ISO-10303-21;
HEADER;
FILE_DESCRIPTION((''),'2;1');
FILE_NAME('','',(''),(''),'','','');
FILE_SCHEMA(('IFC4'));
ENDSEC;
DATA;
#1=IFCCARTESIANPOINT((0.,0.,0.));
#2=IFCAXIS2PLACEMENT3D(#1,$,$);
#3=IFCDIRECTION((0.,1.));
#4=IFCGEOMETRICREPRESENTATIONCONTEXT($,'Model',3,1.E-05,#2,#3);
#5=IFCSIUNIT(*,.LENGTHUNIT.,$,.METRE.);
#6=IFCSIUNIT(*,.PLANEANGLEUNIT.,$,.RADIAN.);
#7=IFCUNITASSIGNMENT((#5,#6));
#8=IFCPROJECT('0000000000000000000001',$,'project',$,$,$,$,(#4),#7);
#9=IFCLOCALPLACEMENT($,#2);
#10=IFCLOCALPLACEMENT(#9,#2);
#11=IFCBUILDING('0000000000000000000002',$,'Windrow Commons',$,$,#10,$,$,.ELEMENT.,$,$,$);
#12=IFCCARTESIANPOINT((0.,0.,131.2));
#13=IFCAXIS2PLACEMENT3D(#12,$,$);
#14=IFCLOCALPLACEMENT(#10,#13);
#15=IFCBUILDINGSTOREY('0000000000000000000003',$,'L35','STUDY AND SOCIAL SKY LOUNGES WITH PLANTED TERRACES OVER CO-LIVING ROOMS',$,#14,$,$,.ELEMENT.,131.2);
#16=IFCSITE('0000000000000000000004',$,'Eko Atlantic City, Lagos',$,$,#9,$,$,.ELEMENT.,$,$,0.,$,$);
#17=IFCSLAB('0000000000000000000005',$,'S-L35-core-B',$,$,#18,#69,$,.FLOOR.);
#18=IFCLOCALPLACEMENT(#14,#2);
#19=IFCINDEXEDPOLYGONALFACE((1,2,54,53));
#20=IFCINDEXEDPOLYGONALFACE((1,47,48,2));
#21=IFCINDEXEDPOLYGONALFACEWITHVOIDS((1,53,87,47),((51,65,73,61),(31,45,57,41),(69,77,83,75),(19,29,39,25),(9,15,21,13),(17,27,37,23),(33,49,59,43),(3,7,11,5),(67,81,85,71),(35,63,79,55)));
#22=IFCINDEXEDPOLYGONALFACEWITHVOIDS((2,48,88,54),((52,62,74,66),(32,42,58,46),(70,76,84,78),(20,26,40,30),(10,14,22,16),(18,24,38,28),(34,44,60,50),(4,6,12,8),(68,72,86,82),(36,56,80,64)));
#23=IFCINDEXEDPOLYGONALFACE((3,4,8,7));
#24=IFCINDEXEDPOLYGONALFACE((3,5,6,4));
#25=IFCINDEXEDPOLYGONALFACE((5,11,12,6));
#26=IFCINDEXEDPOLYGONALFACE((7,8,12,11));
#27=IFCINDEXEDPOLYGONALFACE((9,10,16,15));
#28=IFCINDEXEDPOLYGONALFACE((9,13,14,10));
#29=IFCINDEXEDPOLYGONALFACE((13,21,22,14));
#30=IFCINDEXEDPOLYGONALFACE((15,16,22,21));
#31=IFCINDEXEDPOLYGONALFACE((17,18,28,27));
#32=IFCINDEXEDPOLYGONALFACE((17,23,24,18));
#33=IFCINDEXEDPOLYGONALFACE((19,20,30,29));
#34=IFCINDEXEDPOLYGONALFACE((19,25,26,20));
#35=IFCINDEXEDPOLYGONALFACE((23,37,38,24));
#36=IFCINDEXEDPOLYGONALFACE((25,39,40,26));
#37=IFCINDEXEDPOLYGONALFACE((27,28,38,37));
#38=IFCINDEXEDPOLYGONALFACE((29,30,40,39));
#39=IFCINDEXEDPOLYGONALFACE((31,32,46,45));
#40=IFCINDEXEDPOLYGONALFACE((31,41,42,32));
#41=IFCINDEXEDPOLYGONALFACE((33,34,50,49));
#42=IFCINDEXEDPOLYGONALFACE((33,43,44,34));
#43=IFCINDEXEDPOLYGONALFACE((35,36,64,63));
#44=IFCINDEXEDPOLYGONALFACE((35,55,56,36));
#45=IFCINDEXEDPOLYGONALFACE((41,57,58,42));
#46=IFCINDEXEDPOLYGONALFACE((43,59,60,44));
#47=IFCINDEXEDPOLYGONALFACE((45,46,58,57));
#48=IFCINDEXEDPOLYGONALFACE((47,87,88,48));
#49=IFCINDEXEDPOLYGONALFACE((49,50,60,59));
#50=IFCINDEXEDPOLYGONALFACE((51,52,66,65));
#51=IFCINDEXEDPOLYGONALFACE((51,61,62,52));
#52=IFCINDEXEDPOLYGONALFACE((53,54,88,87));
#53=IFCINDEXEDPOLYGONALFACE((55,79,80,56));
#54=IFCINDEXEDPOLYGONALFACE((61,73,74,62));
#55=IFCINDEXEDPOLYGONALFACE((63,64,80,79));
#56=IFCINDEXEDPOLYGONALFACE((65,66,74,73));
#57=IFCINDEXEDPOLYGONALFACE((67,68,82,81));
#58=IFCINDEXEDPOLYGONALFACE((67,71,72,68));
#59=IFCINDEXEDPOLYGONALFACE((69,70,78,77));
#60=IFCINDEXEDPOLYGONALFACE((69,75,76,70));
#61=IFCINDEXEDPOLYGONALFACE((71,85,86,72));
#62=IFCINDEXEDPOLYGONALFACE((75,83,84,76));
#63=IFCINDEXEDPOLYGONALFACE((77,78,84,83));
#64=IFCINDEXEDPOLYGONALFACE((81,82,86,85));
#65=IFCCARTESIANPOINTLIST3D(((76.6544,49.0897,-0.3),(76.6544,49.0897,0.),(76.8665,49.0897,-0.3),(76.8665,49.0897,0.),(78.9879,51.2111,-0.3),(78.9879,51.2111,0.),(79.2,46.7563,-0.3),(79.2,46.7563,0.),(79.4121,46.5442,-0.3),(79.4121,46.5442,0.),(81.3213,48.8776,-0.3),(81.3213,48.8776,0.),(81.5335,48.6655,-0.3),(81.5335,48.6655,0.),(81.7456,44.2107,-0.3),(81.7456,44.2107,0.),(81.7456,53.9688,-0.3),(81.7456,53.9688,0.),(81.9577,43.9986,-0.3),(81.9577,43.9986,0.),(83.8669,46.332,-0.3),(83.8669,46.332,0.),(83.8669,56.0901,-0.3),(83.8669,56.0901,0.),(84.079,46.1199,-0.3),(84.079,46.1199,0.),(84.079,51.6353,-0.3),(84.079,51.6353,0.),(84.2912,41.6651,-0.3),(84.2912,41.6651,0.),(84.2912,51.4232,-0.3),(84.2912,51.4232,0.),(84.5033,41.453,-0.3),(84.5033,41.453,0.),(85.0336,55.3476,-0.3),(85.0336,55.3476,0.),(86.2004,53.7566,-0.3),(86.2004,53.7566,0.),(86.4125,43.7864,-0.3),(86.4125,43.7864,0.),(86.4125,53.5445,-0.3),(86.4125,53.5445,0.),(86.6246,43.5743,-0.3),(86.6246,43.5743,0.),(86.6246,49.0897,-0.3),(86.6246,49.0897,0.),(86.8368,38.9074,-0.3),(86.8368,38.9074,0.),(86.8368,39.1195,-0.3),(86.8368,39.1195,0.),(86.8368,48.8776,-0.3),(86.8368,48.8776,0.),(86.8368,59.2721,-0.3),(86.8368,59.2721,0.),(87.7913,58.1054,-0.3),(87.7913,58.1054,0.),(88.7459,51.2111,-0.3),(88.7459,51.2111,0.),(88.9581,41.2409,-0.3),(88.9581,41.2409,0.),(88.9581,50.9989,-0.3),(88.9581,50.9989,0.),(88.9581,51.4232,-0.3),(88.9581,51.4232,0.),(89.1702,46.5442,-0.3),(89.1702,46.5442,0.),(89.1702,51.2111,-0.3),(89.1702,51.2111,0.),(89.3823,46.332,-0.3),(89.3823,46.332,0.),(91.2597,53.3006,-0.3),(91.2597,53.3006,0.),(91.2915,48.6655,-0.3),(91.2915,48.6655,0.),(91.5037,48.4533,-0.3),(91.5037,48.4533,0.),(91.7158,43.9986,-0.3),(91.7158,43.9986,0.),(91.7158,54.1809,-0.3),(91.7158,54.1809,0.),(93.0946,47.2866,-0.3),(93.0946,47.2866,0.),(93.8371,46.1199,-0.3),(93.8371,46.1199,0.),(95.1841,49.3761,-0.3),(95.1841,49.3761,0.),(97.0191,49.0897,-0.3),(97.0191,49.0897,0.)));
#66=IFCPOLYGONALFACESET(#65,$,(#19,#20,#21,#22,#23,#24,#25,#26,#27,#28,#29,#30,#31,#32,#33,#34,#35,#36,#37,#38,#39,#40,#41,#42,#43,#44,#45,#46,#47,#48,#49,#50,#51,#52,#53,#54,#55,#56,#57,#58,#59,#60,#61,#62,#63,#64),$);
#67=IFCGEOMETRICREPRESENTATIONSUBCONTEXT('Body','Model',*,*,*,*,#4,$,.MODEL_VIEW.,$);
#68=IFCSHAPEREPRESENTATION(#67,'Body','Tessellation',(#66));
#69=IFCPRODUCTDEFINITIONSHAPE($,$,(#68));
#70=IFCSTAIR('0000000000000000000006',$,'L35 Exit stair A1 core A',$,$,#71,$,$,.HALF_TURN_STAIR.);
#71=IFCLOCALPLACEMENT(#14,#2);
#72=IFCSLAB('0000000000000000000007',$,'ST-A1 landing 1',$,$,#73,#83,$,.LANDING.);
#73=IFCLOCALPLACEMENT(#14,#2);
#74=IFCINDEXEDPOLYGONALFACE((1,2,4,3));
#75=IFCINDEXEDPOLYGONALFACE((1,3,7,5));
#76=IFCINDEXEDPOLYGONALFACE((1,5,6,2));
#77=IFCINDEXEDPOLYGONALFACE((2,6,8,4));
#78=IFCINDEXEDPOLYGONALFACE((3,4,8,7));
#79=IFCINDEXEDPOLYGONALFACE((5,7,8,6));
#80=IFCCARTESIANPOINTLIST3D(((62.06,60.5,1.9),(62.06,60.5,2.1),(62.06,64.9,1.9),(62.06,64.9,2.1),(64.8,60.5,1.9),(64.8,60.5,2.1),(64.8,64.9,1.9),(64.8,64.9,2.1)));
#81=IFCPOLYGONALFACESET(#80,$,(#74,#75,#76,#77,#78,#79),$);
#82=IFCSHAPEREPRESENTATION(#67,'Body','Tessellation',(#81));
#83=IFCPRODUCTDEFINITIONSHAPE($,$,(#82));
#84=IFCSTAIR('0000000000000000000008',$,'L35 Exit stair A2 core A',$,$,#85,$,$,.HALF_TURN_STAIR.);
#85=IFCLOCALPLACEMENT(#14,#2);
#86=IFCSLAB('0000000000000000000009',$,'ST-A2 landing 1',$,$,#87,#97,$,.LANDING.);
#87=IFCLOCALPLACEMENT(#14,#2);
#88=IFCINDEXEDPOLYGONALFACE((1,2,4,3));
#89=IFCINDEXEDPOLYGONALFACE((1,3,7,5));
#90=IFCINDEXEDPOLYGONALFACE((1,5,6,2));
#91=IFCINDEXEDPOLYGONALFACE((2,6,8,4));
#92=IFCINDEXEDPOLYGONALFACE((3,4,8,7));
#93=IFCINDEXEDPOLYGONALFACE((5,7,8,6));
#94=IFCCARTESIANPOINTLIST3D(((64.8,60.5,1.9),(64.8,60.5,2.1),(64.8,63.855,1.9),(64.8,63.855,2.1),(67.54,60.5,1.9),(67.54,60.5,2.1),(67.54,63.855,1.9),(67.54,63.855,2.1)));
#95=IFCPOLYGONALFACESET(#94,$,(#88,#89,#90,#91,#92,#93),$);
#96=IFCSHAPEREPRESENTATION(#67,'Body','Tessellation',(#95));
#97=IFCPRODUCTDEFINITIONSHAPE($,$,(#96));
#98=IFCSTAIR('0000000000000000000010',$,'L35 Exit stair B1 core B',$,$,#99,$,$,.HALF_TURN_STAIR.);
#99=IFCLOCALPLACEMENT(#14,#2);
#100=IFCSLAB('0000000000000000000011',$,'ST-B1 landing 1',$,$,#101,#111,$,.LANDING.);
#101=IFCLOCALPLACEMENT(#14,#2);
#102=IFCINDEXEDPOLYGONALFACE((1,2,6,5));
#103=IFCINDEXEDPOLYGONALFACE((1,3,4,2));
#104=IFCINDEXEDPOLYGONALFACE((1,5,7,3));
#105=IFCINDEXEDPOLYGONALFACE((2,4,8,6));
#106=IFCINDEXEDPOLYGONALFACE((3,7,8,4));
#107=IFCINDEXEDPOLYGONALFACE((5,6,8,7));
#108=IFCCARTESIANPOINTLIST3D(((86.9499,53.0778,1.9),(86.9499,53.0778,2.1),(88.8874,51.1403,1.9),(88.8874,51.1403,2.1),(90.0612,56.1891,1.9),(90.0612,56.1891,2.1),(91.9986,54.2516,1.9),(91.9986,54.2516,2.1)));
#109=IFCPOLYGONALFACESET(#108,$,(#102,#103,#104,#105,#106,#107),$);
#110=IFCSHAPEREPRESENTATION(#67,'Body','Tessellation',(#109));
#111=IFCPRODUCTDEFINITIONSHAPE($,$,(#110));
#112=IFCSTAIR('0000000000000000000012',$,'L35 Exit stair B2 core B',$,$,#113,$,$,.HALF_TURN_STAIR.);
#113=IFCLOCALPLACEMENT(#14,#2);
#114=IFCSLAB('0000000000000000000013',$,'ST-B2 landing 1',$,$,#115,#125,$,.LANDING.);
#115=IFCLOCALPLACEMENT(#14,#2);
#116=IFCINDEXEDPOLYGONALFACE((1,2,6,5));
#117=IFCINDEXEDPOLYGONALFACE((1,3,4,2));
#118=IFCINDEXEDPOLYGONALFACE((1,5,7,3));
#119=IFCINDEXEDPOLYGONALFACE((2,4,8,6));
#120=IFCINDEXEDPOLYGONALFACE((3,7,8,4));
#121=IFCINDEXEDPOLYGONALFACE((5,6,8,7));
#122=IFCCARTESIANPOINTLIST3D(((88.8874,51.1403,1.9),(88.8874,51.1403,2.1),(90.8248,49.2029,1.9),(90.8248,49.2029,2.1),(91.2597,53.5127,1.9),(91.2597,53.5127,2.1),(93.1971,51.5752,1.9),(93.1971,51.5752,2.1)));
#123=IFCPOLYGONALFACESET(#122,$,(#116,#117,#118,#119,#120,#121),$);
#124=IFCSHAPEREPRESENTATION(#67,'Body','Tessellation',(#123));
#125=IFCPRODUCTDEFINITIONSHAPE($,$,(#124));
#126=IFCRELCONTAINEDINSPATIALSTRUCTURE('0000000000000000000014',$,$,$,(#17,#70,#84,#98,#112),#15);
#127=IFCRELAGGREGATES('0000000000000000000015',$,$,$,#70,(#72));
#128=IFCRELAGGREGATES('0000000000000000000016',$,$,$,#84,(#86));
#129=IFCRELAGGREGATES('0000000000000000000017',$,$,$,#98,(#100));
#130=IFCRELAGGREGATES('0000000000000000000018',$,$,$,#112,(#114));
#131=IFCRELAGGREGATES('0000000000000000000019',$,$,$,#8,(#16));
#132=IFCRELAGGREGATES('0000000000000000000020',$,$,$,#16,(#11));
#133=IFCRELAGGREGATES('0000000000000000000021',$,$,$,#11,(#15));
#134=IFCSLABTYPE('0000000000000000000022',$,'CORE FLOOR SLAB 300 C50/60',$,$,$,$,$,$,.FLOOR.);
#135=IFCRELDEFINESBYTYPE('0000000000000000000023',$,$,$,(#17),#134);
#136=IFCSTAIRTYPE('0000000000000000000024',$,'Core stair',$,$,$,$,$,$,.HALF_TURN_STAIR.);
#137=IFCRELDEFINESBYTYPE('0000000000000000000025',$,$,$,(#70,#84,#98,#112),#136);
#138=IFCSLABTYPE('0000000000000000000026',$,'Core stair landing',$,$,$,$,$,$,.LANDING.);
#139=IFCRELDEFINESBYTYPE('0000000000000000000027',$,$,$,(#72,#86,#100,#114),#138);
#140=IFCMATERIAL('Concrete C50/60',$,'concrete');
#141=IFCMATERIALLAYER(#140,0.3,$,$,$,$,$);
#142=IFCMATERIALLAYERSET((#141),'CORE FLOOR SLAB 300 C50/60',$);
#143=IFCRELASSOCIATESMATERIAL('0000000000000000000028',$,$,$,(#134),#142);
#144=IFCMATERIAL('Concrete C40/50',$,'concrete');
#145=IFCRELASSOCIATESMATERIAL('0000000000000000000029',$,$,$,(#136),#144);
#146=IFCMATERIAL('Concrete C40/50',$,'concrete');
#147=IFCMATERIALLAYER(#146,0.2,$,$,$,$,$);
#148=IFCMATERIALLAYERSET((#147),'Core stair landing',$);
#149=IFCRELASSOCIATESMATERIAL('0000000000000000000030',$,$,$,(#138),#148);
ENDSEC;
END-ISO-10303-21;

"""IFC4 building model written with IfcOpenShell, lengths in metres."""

from ifc_helpers import new_model, si_unit, direction, frame, origin, place, context, subcontext, project, spatial, polyline, outline, extrude, material, layer, layer_set, type_object, element, aggregate, save


model = new_model("IFC4")

# Units and contexts
model_context = context("Model", 3, precision=1e-05, world=origin(), true_north=direction((0.0, 1.0)))
body_context = subcontext(model_context, "Body", "Model", "MODEL_VIEW")
ifc_project = project(units=[si_unit("LENGTHUNIT", "METRE"), si_unit("PLANEANGLEUNIT", "RADIAN")], contexts=[model_context])

# Site, building, storey
site_placement = place(None, origin())
site = spatial("IfcSite", under=ifc_project, at=site_placement, Name="Eko Atlantic City, Lagos", CompositionType="ELEMENT", RefElevation=0.0)
building_placement = place(site_placement, origin())
building = spatial("IfcBuilding", under=site, at=building_placement, Name="Windrow Commons", CompositionType="ELEMENT")
storey_placement = place(building_placement, frame((0.0, 0.0, 131.2)))
storey = spatial("IfcBuildingStorey", under=building, at=storey_placement, Name="L35", Description="STUDY AND SOCIAL SKY LOUNGES WITH PLANTED TERRACES OVER CO-LIVING ROOMS", CompositionType="ELEMENT", Elevation=131.2)

# Slab, openings
ifc_material_1 = material(Name="Concrete C50/60", Category="concrete")
ifc_layer_1 = layer(ifc_material_1, 0.3)
ifc_layer_set_1 = layer_set([ifc_layer_1], Name="CORE FLOOR SLAB 300 C50/60")
slab_type_1 = type_object("IfcSlabType", Name="CORE FLOOR SLAB 300 C50/60", PredefinedType="FLOOR", material=ifc_layer_set_1)
placement_1 = place(storey_placement, frame((0.0, 0.0, -0.3)))
slab_1 = element("IfcSlab", 1, at=placement_1, inside=storey, type_object=slab_type_1, Name="S-L35-core-B", PredefinedType="FLOOR", context=body_context, shape_type="SweptSolid", body=[
    extrude(outline(polyline([(76.6544, 49.0897), (86.8368, 38.9074), (97.0191, 49.0897), (86.8368, 59.2721), (76.6544, 49.0897)]), holes=[polyline([(76.8665, 49.0897), (79.2, 46.7563), (81.3213, 48.8776), (78.9879, 51.2111), (76.8665, 49.0897)]), polyline([(79.4121, 46.5442), (81.7456, 44.2107), (83.8669, 46.332), (81.5335, 48.6655), (79.4121, 46.5442)]), polyline([(81.9577, 43.9986), (84.2912, 41.6651), (86.4125, 43.7864), (84.079, 46.1199), (81.9577, 43.9986)]), polyline([(84.5033, 41.453), (86.8368, 39.1195), (88.9581, 41.2409), (86.6246, 43.5743), (84.5033, 41.453)]), polyline([(81.7456, 53.9688), (84.079, 51.6353), (86.2004, 53.7566), (83.8669, 56.0901), (81.7456, 53.9688)]), polyline([(84.2912, 51.4232), (86.6246, 49.0897), (88.7459, 51.2111), (86.4125, 53.5445), (84.2912, 51.4232)]), polyline([(86.8368, 48.8776), (89.1702, 46.5442), (91.2915, 48.6655), (88.9581, 50.9989), (86.8368, 48.8776)]), polyline([(89.3823, 46.332), (91.7158, 43.9986), (93.8371, 46.1199), (91.5037, 48.4533), (89.3823, 46.332)]), polyline([(85.0336, 55.3476), (88.9581, 51.4232), (91.7158, 54.1809), (87.7913, 58.1054), (85.0336, 55.3476)]), polyline([(89.1702, 51.2111), (93.0946, 47.2866), (95.1841, 49.3761), (91.2597, 53.3006), (89.1702, 51.2111)])]), origin(), (0.0, 0.0, 1.0), 0.3),
])
opening_1_placement = place(placement_1, origin())
element("IfcOpeningElement", 2, at=opening_1_placement, cuts=slab_1, PredefinedType="OPENING", context=body_context, shape_type="SweptSolid", body=[
    extrude(outline(polyline([(76.8736, 49.0897), (78.9879, 51.204), (81.3142, 48.8776), (79.2, 46.7634), (76.8736, 49.0897)])), origin(), (0.0, 0.0, 1.0), 0.3),
])
opening_2_placement = place(placement_1, origin())
element("IfcOpeningElement", 3, at=opening_2_placement, cuts=slab_1, PredefinedType="OPENING", context=body_context, shape_type="SweptSolid", body=[
    extrude(outline(polyline([(79.4192, 46.5442), (81.5335, 48.6584), (83.8598, 46.332), (81.7456, 44.2178), (79.4192, 46.5442)])), origin(), (0.0, 0.0, 1.0), 0.3),
])
opening_3_placement = place(placement_1, origin())
element("IfcOpeningElement", 4, at=opening_3_placement, cuts=slab_1, PredefinedType="OPENING", context=body_context, shape_type="SweptSolid", body=[
    extrude(outline(polyline([(81.9648, 43.9986), (84.079, 46.1128), (86.4054, 43.7864), (84.2912, 41.6722), (81.9648, 43.9986)])), origin(), (0.0, 0.0, 1.0), 0.3),
])
opening_4_placement = place(placement_1, origin())
element("IfcOpeningElement", 5, at=opening_4_placement, cuts=slab_1, PredefinedType="OPENING", context=body_context, shape_type="SweptSolid", body=[
    extrude(outline(polyline([(84.5104, 41.453), (86.6246, 43.5672), (88.951, 41.2409), (86.8368, 39.1266), (84.5104, 41.453)])), origin(), (0.0, 0.0, 1.0), 0.3),
])
opening_5_placement = place(placement_1, origin())
element("IfcOpeningElement", 6, at=opening_5_placement, cuts=slab_1, PredefinedType="OPENING", context=body_context, shape_type="SweptSolid", body=[
    extrude(outline(polyline([(81.7527, 53.9688), (83.8669, 56.083), (86.1933, 53.7566), (84.079, 51.6424), (81.7527, 53.9688)])), origin(), (0.0, 0.0, 1.0), 0.3),
])
opening_6_placement = place(placement_1, origin())
element("IfcOpeningElement", 7, at=opening_6_placement, cuts=slab_1, PredefinedType="OPENING", context=body_context, shape_type="SweptSolid", body=[
    extrude(outline(polyline([(84.2983, 51.4232), (86.4125, 53.5374), (88.7388, 51.2111), (86.6246, 49.0968), (84.2983, 51.4232)])), origin(), (0.0, 0.0, 1.0), 0.3),
])
opening_7_placement = place(placement_1, origin())
element("IfcOpeningElement", 8, at=opening_7_placement, cuts=slab_1, PredefinedType="OPENING", context=body_context, shape_type="SweptSolid", body=[
    extrude(outline(polyline([(86.8439, 48.8776), (88.9581, 50.9918), (91.2844, 48.6655), (89.1702, 46.5513), (86.8439, 48.8776)])), origin(), (0.0, 0.0, 1.0), 0.3),
])
opening_8_placement = place(placement_1, origin())
element("IfcOpeningElement", 9, at=opening_8_placement, cuts=slab_1, PredefinedType="OPENING", context=body_context, shape_type="SweptSolid", body=[
    extrude(outline(polyline([(89.3894, 46.332), (91.5037, 48.4462), (93.83, 46.1199), (91.7158, 44.0057), (89.3894, 46.332)])), origin(), (0.0, 0.0, 1.0), 0.3),
])
opening_9_placement = place(placement_1, origin())
element("IfcOpeningElement", 10, at=opening_9_placement, cuts=slab_1, PredefinedType="OPENING", context=body_context, shape_type="SweptSolid", body=[
    extrude(outline(polyline([(85.0407, 55.3476), (87.7913, 58.0983), (91.7087, 54.1809), (88.9581, 51.4303), (85.0407, 55.3476)])), origin(), (0.0, 0.0, 1.0), 0.3),
])
opening_10_placement = place(placement_1, origin())
element("IfcOpeningElement", 11, at=opening_10_placement, cuts=slab_1, PredefinedType="OPENING", context=body_context, shape_type="SweptSolid", body=[
    extrude(outline(polyline([(89.1773, 51.2111), (91.2597, 53.2935), (95.177, 49.3761), (93.0946, 47.2937), (89.1773, 51.2111)])), origin(), (0.0, 0.0, 1.0), 0.3),
])

# Stairs, slabs
ifc_material_2 = material(Name="Concrete C40/50", Category="concrete")
stair_type = type_object("IfcStairType", Name="Core stair", PredefinedType="HALF_TURN_STAIR", material=ifc_material_2)
placement_2 = place(storey_placement, origin())
stair_1 = element("IfcStair", 12, at=placement_2, inside=storey, type_object=stair_type, Name="L35 Exit stair A1 core A", PredefinedType="HALF_TURN_STAIR")
ifc_material_3 = material(Name="Concrete C40/50", Category="concrete")
ifc_layer_2 = layer(ifc_material_3, 0.2)
ifc_layer_set_2 = layer_set([ifc_layer_2], Name="Core stair landing")
slab_type_2 = type_object("IfcSlabType", Name="Core stair landing", PredefinedType="LANDING", material=ifc_layer_set_2)
placement_3 = place(storey_placement, frame((0.0, 0.0, 1.9)))
slab_2 = element("IfcSlab", 13, at=placement_3, type_object=slab_type_2, Name="ST-A1 landing 1", PredefinedType="LANDING", context=body_context, shape_type="SweptSolid", body=[
    extrude(outline(polyline([(62.06, 60.5), (64.8, 60.5), (64.8, 64.9), (62.06, 64.9), (62.06, 60.5)])), origin(), (0.0, 0.0, 1.0), 0.2),
])
aggregate(stair_1, [slab_2])
stair_2 = element("IfcStair", 14, at=placement_2, inside=storey, type_object=stair_type, Name="L35 Exit stair A2 core A", PredefinedType="HALF_TURN_STAIR")
slab_3 = element("IfcSlab", 15, at=placement_3, type_object=slab_type_2, Name="ST-A2 landing 1", PredefinedType="LANDING", context=body_context, shape_type="SweptSolid", body=[
    extrude(outline(polyline([(64.8, 60.5), (67.54, 60.5), (67.54, 63.855), (64.8, 63.855), (64.8, 60.5)])), origin(), (0.0, 0.0, 1.0), 0.2),
])
aggregate(stair_2, [slab_3])
stair_3 = element("IfcStair", 16, at=placement_2, inside=storey, type_object=stair_type, Name="L35 Exit stair B1 core B", PredefinedType="HALF_TURN_STAIR")
slab_4 = element("IfcSlab", 17, at=placement_3, type_object=slab_type_2, Name="ST-B1 landing 1", PredefinedType="LANDING", context=body_context, shape_type="SweptSolid", body=[
    extrude(outline(polyline([(86.9499, 53.0778), (88.8874, 51.1403), (91.9986, 54.2516), (90.0612, 56.1891), (86.9499, 53.0778)])), origin(), (0.0, 0.0, 1.0), 0.2),
])
aggregate(stair_3, [slab_4])
stair_4 = element("IfcStair", 18, at=placement_2, inside=storey, type_object=stair_type, Name="L35 Exit stair B2 core B", PredefinedType="HALF_TURN_STAIR")
slab_5 = element("IfcSlab", 19, at=placement_3, type_object=slab_type_2, Name="ST-B2 landing 1", PredefinedType="LANDING", context=body_context, shape_type="SweptSolid", body=[
    extrude(outline(polyline([(88.8874, 51.1403), (90.8248, 49.2029), (93.1971, 51.5752), (91.2597, 53.5127), (88.8874, 51.1403)])), origin(), (0.0, 0.0, 1.0), 0.2),
])
aggregate(stair_4, [slab_5])

save(model, "model.ifc")
